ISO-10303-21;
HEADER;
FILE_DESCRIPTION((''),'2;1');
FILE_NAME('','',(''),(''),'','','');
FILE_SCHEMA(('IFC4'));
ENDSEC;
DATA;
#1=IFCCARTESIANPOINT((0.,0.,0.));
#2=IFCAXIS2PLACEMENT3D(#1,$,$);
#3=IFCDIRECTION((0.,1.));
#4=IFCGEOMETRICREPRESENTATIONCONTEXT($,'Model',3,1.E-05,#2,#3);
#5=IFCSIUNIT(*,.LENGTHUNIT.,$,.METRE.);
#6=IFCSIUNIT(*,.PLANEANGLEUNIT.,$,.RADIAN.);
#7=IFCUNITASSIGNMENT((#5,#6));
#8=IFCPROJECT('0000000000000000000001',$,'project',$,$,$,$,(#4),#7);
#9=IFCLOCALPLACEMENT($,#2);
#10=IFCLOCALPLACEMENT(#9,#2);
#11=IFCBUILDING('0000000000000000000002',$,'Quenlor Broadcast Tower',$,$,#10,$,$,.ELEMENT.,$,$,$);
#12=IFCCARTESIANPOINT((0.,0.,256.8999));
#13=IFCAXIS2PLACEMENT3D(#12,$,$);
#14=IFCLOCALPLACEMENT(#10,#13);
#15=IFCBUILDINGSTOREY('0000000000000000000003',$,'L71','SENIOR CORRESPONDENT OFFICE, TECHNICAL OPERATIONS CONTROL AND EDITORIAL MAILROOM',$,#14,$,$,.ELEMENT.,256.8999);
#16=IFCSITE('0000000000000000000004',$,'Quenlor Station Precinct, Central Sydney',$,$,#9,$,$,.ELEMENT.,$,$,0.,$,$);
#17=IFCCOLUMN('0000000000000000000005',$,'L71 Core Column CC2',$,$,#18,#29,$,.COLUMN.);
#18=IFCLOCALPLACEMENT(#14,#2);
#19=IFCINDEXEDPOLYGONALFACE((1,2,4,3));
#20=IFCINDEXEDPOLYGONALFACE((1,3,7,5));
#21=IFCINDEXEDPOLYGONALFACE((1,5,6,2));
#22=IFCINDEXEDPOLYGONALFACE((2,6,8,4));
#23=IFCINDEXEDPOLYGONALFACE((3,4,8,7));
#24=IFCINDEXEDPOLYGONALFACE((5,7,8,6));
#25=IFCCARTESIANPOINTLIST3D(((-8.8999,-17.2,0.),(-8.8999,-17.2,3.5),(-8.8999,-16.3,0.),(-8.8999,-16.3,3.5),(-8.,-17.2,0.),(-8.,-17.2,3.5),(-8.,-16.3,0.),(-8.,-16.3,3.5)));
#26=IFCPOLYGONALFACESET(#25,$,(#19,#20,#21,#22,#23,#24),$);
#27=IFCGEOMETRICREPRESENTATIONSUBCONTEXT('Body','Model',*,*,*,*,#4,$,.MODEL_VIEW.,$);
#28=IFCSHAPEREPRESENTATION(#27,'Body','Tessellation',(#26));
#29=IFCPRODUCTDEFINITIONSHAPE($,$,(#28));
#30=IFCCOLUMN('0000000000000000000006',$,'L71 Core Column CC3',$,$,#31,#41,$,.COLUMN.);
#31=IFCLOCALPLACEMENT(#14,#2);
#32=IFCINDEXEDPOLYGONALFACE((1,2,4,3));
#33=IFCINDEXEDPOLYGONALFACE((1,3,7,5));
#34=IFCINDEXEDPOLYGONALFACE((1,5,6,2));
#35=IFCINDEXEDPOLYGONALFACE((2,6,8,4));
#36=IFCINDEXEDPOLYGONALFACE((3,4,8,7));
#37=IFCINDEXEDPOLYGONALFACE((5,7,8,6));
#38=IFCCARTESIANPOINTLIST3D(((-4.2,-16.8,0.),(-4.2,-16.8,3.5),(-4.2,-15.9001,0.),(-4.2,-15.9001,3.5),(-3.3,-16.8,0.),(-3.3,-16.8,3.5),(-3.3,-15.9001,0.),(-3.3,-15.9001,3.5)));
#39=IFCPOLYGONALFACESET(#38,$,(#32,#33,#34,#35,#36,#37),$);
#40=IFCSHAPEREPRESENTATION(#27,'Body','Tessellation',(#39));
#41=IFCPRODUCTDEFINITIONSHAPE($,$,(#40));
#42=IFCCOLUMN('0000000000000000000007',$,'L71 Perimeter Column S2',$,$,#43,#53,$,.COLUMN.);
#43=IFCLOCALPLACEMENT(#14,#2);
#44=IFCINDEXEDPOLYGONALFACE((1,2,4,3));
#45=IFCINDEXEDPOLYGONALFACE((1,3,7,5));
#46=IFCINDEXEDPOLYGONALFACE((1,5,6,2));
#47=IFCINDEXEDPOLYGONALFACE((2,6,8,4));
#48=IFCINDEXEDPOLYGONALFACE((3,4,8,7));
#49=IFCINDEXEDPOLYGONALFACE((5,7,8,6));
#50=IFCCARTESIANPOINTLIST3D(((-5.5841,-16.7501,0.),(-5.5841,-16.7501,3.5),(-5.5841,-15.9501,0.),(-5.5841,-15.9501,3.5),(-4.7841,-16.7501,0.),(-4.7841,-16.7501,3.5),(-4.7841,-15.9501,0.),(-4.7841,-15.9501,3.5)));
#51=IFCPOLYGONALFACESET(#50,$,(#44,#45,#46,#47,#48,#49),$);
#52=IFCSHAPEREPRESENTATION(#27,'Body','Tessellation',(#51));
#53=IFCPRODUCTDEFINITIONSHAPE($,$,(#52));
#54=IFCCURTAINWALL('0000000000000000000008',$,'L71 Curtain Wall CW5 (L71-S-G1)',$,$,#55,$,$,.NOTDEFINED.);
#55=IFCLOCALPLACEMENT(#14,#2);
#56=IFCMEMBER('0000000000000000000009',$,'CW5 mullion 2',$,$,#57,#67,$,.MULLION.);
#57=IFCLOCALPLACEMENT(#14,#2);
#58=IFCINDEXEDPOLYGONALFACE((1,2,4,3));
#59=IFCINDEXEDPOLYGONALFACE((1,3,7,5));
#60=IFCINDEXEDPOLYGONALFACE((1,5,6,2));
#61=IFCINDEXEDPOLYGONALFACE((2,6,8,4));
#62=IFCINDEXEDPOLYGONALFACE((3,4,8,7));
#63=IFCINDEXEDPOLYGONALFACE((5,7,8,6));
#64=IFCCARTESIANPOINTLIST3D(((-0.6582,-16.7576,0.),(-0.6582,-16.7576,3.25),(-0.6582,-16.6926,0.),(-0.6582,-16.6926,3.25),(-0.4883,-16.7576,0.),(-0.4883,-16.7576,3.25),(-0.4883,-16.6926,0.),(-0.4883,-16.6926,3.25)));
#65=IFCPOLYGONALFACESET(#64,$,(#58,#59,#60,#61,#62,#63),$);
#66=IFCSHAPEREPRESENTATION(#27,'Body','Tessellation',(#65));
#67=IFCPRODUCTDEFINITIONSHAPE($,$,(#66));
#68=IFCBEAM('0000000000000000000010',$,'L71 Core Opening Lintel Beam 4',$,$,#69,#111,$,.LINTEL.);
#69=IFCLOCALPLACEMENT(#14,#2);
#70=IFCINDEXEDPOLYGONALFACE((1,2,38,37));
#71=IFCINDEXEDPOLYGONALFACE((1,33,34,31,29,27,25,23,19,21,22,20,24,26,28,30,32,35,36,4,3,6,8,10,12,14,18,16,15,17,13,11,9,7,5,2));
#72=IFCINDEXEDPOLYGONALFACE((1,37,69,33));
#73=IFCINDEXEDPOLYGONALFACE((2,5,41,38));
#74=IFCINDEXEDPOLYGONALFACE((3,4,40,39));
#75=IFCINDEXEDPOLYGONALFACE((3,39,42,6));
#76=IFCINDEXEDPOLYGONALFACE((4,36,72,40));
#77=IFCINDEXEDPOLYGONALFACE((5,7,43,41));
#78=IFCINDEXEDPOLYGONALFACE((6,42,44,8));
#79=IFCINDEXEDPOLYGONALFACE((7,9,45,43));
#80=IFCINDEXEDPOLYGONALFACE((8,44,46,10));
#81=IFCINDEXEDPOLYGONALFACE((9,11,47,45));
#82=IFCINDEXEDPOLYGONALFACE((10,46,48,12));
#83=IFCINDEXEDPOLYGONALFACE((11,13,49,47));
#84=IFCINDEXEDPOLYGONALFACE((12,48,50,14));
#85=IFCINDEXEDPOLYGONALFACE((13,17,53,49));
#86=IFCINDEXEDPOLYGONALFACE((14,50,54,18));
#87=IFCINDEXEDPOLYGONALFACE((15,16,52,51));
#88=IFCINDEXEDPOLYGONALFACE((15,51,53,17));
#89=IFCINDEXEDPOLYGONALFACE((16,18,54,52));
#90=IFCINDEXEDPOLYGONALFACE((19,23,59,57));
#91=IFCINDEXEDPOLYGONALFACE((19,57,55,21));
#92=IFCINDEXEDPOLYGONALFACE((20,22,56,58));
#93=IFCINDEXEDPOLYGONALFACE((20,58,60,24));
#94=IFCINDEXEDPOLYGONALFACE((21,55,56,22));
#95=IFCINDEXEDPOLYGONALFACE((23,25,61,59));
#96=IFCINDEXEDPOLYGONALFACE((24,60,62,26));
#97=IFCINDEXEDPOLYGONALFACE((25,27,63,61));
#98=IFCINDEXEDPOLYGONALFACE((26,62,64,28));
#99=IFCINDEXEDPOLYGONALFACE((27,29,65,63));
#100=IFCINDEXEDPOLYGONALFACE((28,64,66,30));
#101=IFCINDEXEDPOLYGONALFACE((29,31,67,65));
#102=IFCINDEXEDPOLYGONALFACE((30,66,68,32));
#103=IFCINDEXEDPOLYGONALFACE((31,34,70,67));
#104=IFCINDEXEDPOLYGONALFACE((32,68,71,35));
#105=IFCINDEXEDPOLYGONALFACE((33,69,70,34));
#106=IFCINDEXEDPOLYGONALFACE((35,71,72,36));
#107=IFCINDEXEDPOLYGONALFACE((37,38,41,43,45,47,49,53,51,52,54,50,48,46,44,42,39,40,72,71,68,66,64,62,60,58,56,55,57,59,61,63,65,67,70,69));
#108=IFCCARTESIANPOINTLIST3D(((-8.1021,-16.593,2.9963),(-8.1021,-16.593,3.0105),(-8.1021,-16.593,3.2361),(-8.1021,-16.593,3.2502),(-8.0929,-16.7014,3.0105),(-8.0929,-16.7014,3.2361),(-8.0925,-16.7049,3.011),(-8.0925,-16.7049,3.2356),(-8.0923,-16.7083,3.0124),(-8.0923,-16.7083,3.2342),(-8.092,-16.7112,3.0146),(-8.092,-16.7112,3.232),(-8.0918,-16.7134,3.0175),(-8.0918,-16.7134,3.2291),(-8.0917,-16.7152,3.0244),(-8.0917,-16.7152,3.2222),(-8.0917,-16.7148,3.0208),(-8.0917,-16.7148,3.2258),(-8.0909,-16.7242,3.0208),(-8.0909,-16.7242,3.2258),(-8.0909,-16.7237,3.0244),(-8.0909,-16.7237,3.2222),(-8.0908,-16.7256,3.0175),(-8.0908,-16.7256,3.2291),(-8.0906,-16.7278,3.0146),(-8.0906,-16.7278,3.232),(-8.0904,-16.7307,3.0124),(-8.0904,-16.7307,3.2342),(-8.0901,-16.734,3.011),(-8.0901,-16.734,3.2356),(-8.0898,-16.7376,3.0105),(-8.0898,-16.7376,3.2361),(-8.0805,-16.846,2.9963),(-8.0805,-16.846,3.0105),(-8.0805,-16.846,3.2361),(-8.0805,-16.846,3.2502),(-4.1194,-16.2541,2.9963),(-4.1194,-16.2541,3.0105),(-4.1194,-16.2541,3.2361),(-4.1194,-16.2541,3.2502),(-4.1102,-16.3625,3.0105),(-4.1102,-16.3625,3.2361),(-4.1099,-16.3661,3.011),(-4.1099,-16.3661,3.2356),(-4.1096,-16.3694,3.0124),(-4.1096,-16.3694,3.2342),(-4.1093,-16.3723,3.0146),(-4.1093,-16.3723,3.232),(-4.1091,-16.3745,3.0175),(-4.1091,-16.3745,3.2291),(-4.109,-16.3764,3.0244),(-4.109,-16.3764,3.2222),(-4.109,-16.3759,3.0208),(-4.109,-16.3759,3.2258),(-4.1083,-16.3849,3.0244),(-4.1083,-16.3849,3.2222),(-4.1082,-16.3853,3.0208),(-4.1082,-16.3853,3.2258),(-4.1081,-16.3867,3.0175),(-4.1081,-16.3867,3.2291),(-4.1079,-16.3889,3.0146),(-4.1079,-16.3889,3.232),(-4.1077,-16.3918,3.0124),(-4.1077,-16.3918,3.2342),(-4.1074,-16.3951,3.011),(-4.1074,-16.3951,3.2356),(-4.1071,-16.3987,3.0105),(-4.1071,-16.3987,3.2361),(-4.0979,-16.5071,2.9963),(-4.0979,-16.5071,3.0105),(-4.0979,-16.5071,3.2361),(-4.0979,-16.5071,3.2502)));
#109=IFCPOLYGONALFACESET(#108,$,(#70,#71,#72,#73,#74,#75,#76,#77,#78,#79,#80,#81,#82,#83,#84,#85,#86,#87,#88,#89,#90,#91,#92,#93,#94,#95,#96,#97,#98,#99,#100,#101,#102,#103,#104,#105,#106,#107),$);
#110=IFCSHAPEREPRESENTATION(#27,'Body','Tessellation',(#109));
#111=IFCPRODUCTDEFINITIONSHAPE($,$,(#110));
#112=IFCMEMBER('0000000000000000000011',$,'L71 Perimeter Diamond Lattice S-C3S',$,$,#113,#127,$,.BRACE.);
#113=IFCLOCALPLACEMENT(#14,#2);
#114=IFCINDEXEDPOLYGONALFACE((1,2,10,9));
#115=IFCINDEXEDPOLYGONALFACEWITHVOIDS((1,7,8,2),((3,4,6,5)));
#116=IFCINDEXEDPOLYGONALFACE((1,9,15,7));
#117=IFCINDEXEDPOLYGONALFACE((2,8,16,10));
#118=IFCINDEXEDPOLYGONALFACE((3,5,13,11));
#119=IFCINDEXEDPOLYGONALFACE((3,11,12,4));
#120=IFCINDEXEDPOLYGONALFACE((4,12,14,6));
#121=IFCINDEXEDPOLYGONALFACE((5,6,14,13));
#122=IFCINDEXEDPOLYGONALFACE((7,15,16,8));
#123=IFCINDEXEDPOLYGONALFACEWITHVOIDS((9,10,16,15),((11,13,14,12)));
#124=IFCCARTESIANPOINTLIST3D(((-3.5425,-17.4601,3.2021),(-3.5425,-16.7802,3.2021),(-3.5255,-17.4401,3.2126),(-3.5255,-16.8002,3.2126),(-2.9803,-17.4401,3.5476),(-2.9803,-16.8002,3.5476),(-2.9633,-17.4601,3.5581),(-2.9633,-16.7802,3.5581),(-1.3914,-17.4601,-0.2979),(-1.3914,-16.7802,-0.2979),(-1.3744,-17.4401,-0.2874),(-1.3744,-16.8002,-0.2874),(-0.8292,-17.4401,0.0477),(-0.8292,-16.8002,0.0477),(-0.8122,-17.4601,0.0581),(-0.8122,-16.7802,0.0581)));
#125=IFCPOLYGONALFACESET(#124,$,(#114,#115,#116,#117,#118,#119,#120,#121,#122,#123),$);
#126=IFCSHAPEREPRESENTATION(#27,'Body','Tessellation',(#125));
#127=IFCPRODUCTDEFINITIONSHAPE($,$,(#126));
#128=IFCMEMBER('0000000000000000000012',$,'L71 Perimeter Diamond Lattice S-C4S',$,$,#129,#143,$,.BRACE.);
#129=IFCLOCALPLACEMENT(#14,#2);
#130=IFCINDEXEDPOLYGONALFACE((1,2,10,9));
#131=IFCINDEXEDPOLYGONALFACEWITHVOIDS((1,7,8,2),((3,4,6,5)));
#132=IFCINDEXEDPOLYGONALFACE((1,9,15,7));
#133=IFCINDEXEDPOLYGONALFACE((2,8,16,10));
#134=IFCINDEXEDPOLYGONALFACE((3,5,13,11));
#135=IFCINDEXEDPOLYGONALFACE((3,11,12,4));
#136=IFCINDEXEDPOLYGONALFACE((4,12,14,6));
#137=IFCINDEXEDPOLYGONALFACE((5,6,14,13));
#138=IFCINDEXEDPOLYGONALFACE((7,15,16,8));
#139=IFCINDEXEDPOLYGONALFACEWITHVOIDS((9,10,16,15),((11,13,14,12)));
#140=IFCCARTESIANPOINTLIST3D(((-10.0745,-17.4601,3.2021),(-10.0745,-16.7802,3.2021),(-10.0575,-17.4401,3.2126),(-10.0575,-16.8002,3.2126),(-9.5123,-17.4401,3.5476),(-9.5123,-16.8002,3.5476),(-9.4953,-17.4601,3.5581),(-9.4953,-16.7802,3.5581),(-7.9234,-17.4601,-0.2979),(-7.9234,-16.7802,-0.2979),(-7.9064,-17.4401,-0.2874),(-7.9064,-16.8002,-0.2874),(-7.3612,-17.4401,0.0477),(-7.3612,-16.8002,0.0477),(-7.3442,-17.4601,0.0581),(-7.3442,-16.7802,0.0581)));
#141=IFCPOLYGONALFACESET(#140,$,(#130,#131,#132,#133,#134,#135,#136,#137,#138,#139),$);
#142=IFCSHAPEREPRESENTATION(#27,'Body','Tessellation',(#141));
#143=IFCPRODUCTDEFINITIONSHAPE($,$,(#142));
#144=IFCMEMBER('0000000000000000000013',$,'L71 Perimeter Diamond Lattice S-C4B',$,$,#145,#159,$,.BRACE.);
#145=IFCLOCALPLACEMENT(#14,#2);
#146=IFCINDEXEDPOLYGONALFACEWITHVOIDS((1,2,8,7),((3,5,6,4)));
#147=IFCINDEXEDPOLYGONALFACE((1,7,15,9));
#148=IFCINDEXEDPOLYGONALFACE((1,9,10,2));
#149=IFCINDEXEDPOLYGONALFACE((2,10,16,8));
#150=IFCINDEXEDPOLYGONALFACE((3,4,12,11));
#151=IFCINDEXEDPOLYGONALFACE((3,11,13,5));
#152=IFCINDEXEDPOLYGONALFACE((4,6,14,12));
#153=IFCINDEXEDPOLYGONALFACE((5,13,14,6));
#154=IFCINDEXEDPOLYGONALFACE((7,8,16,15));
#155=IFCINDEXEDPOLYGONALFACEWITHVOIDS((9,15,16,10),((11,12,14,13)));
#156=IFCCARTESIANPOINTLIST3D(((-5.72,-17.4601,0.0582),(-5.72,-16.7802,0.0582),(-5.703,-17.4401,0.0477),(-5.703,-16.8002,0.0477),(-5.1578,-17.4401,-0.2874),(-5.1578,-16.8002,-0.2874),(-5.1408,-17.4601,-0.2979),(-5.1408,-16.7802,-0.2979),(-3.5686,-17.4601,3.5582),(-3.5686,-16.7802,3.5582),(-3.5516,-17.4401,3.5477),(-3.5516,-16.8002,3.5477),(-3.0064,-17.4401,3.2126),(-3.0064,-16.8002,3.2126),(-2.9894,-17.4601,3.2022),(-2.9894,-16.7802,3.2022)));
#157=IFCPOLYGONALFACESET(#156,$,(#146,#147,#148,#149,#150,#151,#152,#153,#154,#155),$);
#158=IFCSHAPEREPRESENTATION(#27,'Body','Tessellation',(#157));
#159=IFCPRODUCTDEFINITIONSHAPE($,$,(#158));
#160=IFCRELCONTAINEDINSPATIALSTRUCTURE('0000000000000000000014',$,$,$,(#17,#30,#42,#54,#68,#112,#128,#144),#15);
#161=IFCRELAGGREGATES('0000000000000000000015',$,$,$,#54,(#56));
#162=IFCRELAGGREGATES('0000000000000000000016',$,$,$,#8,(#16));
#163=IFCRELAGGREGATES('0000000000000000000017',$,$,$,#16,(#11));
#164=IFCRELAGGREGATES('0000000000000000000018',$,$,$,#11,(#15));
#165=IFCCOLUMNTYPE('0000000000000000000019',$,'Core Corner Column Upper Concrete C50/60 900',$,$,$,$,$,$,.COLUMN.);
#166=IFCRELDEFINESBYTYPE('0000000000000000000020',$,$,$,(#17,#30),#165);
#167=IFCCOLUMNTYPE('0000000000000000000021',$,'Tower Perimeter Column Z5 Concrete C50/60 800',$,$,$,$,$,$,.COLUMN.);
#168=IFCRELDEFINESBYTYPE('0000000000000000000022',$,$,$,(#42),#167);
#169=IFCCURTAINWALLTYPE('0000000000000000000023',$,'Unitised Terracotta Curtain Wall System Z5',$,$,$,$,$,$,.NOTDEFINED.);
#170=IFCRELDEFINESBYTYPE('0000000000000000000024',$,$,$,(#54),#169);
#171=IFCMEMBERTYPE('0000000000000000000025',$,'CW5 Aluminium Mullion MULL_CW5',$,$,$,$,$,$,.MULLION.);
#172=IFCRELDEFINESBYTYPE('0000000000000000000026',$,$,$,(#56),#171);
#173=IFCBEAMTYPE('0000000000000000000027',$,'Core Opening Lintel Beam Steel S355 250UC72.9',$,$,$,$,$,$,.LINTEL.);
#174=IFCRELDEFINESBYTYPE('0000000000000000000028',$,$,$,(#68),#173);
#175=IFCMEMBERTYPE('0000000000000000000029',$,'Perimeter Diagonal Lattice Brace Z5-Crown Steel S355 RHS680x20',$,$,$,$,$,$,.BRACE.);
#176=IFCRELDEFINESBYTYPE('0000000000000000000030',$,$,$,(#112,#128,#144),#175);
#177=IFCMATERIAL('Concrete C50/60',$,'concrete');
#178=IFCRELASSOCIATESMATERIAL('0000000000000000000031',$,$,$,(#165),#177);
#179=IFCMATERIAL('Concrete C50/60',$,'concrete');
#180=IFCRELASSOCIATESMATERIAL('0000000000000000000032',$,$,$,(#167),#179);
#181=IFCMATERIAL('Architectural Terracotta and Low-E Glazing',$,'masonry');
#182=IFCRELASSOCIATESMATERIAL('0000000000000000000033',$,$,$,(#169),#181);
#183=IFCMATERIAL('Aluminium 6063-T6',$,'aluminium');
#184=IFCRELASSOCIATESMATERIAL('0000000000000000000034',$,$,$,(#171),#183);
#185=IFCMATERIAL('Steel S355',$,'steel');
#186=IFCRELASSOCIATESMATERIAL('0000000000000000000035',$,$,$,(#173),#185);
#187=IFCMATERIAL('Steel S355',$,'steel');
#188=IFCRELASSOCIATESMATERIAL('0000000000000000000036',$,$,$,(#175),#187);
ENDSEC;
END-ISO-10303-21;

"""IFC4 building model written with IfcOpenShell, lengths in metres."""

from ifc_helpers import new_model, si_unit, direction, frame, origin, origin_2d, place, context, subcontext, project, spatial, rectangle, hollow_rectangle, i_section, extrude, material, material_profile, profile_set, type_object, element, aggregate, save


model = new_model("IFC4")

# Units and contexts
model_context = context("Model", 3, precision=1e-05, world=origin(), true_north=direction((0.0, 1.0)))
body_context = subcontext(model_context, "Body", "Model", "MODEL_VIEW")
ifc_project = project(units=[si_unit("LENGTHUNIT", "METRE"), si_unit("PLANEANGLEUNIT", "RADIAN")], contexts=[model_context])

# Site, building, storey
site_placement = place(None, origin())
site = spatial("IfcSite", under=ifc_project, at=site_placement, Name="Quenlor Station Precinct, Central Sydney", CompositionType="ELEMENT", RefElevation=0.0)
building_placement = place(site_placement, origin())
building = spatial("IfcBuilding", under=site, at=building_placement, Name="Quenlor Broadcast Tower", CompositionType="ELEMENT")
storey_placement = place(building_placement, frame((0.0, 0.0, 256.8999)))
storey = spatial("IfcBuildingStorey", under=building, at=storey_placement, Name="L71", Description="SENIOR CORRESPONDENT OFFICE, TECHNICAL OPERATIONS CONTROL AND EDITORIAL MAILROOM", CompositionType="ELEMENT", Elevation=256.8999)

# Columns
ifc_material_1 = material(Name="Concrete C50/60", Category="concrete")
ifc_material_profile_1 = material_profile(ifc_material_1, rectangle(XDim=0.8999, YDim=0.8999, at=origin_2d()))
ifc_profile_set_1 = profile_set([ifc_material_profile_1], Name="Concrete C50/60 RC900x900")
column_type_1 = type_object("IfcColumnType", Name="Core Corner Column Upper Concrete C50/60 900", PredefinedType="COLUMN", material=ifc_profile_set_1)
for number, where, z_axis, x_axis, name in (
    (1, (-8.45, -16.75, 0.0), (0.0, 0.0, 1.0), (1.0, 0.0, 0.0), "L71 Core Column CC2"),
    (2, (-3.75, -16.3501, 0.0), (0.0, 0.0, 1.0), (1.0, 0.0, 0.0), "L71 Core Column CC3"),
):
    element("IfcColumn", number, at=place(storey_placement, frame(where, z_axis=z_axis, x_axis=x_axis)), inside=storey, type_object=column_type_1, Name=name, PredefinedType="COLUMN", context=body_context, shape_type="SweptSolid", body=[
        extrude(rectangle(XDim=0.8999, YDim=0.8999, at=origin_2d()), origin(), (0.0, 0.0, 1.0), 3.5),
    ])
ifc_material_2 = material(Name="Concrete C50/60", Category="concrete")
ifc_material_profile_2 = material_profile(ifc_material_2, rectangle(XDim=0.8, YDim=0.8, at=origin_2d()))
ifc_profile_set_2 = profile_set([ifc_material_profile_2], Name="Concrete C50/60 RC800x800")
column_type_2 = type_object("IfcColumnType", Name="Tower Perimeter Column Z5 Concrete C50/60 800", PredefinedType="COLUMN", material=ifc_profile_set_2)
column_placement = place(storey_placement, frame((-5.1841, -16.3501, 0.0), z_axis=(0.0, 0.0, 1.0), x_axis=(0.0, 1.0, 0.0)))
element("IfcColumn", 3, at=column_placement, inside=storey, type_object=column_type_2, Name="L71 Perimeter Column S2", PredefinedType="COLUMN", context=body_context, shape_type="SweptSolid", body=[
    extrude(rectangle(XDim=0.8, YDim=0.8, at=origin_2d()), origin(), (0.0, 0.0, 1.0), 3.5),
])

# Curtain wall, member
ifc_material_3 = material(Name="Architectural Terracotta and Low-E Glazing", Category="masonry")
curtain_wall_type = type_object("IfcCurtainWallType", Name="Unitised Terracotta Curtain Wall System Z5", PredefinedType="NOTDEFINED", material=ifc_material_3)
curtain_wall_placement = place(storey_placement, origin())
curtain_wall = element("IfcCurtainWall", 4, at=curtain_wall_placement, inside=storey, type_object=curtain_wall_type, Name="L71 Curtain Wall CW5 (L71-S-G1)", PredefinedType="NOTDEFINED")
ifc_material_4 = material(Name="Aluminium 6063-T6", Category="aluminium")
ifc_material_profile_3 = material_profile(ifc_material_4, rectangle(XDim=0.0649, YDim=0.1699, at=origin_2d()))
ifc_profile_set_3 = profile_set([ifc_material_profile_3], Name="Aluminium 6063-T6 MULL65x170")
member_type_1 = type_object("IfcMemberType", Name="CW5 Aluminium Mullion MULL_CW5", PredefinedType="MULLION", material=ifc_profile_set_3)
member_1_placement = place(storey_placement, frame((-0.5732, -16.7251, 0.0), z_axis=(0.0, 0.0, 1.0), x_axis=(0.0, -1.0, 0.0)))
member_1 = element("IfcMember", 5, at=member_1_placement, type_object=member_type_1, Name="CW5 mullion 2", PredefinedType="MULLION", context=body_context, shape_type="SweptSolid", body=[
    extrude(rectangle(XDim=0.0649, YDim=0.1699, at=origin_2d()), origin(), (0.0, 0.0, 1.0), 3.25),
])

# Beam
ifc_material_5 = material(Name="Steel S355", Category="steel")
ifc_material_profile_4 = material_profile(ifc_material_5, i_section(OverallWidth=0.2539, OverallDepth=0.2539, WebThickness=0.0085, FlangeThickness=0.0142, FilletRadius=0.0139, at=origin_2d()))
ifc_profile_set_4 = profile_set([ifc_material_profile_4], Name="Steel S355 250UC72.9")
beam_type_1 = type_object("IfcBeamType", Name="Core Opening Lintel Beam Steel S355 250UC72.9", PredefinedType="LINTEL", material=ifc_profile_set_4)
beam_1_placement = place(storey_placement, frame((-8.0913, -16.7195, 3.1233), z_axis=(0.9964, 0.084779, 0.0), x_axis=(-0.084779, 0.9964, 0.0)))
element("IfcBeam", 6, at=beam_1_placement, inside=storey, type_object=beam_type_1, Name="L71 Core Opening Lintel Beam 4", PredefinedType="LINTEL", context=body_context, shape_type="SweptSolid", body=[
    extrude(i_section(OverallWidth=0.2539, OverallDepth=0.2539, WebThickness=0.0085, FlangeThickness=0.0142, FilletRadius=0.0139, at=origin_2d()), origin(), (0.0, 0.0, 1.0), 3.9971),
])

# Members
ifc_material_6 = material(Name="Steel S355", Category="steel")
ifc_material_profile_5 = material_profile(ifc_material_6, hollow_rectangle(XDim=0.6799, YDim=0.6799, WallThickness=0.02, at=origin_2d()))
ifc_profile_set_5 = profile_set([ifc_material_profile_5], Name="Steel S355 RHS680x680x20")
member_type_2 = type_object("IfcMemberType", Name="Perimeter Diagonal Lattice Brace Z5-Crown Steel S355 RHS680x20", PredefinedType="BRACE", material=ifc_profile_set_5)
for number, where, z_axis, x_axis, name in (
    (7, (-1.1018, -17.1201, -0.1199), (-0.523617, 0.0, 0.851954), (0.0, -1.0, 0.0), "L71 Perimeter Diamond Lattice S-C3S"),
    (8, (-7.6338, -17.1201, -0.1199), (-0.523617, 0.0, 0.851954), (0.0, -1.0, 0.0), "L71 Perimeter Diamond Lattice S-C4S"),
):
    element("IfcMember", number, at=place(storey_placement, frame(where, z_axis=z_axis, x_axis=x_axis)), inside=storey, type_object=member_type_2, Name=name, PredefinedType="BRACE", context=body_context, shape_type="SweptSolid", body=[
        extrude(hollow_rectangle(XDim=0.6799, YDim=0.6799, WallThickness=0.02, at=origin_2d()), origin(), (0.0, 0.0, 1.0), 4.1082),
    ])
member_2_placement = place(storey_placement, frame((-5.4304, -17.1201, -0.1199), z_axis=(0.52366, 0.0, 0.851928), x_axis=(0.0, 1.0, 0.0)))
element("IfcMember", 9, at=member_2_placement, inside=storey, type_object=member_type_2, Name="L71 Perimeter Diamond Lattice S-C4B", PredefinedType="BRACE", context=body_context, shape_type="SweptSolid", body=[
    extrude(hollow_rectangle(XDim=0.6799, YDim=0.6799, WallThickness=0.02, at=origin_2d()), origin(), (0.0, 0.0, 1.0), 4.1084),
])

aggregate(curtain_wall, [member_1])

save(model, "model.ifc")
